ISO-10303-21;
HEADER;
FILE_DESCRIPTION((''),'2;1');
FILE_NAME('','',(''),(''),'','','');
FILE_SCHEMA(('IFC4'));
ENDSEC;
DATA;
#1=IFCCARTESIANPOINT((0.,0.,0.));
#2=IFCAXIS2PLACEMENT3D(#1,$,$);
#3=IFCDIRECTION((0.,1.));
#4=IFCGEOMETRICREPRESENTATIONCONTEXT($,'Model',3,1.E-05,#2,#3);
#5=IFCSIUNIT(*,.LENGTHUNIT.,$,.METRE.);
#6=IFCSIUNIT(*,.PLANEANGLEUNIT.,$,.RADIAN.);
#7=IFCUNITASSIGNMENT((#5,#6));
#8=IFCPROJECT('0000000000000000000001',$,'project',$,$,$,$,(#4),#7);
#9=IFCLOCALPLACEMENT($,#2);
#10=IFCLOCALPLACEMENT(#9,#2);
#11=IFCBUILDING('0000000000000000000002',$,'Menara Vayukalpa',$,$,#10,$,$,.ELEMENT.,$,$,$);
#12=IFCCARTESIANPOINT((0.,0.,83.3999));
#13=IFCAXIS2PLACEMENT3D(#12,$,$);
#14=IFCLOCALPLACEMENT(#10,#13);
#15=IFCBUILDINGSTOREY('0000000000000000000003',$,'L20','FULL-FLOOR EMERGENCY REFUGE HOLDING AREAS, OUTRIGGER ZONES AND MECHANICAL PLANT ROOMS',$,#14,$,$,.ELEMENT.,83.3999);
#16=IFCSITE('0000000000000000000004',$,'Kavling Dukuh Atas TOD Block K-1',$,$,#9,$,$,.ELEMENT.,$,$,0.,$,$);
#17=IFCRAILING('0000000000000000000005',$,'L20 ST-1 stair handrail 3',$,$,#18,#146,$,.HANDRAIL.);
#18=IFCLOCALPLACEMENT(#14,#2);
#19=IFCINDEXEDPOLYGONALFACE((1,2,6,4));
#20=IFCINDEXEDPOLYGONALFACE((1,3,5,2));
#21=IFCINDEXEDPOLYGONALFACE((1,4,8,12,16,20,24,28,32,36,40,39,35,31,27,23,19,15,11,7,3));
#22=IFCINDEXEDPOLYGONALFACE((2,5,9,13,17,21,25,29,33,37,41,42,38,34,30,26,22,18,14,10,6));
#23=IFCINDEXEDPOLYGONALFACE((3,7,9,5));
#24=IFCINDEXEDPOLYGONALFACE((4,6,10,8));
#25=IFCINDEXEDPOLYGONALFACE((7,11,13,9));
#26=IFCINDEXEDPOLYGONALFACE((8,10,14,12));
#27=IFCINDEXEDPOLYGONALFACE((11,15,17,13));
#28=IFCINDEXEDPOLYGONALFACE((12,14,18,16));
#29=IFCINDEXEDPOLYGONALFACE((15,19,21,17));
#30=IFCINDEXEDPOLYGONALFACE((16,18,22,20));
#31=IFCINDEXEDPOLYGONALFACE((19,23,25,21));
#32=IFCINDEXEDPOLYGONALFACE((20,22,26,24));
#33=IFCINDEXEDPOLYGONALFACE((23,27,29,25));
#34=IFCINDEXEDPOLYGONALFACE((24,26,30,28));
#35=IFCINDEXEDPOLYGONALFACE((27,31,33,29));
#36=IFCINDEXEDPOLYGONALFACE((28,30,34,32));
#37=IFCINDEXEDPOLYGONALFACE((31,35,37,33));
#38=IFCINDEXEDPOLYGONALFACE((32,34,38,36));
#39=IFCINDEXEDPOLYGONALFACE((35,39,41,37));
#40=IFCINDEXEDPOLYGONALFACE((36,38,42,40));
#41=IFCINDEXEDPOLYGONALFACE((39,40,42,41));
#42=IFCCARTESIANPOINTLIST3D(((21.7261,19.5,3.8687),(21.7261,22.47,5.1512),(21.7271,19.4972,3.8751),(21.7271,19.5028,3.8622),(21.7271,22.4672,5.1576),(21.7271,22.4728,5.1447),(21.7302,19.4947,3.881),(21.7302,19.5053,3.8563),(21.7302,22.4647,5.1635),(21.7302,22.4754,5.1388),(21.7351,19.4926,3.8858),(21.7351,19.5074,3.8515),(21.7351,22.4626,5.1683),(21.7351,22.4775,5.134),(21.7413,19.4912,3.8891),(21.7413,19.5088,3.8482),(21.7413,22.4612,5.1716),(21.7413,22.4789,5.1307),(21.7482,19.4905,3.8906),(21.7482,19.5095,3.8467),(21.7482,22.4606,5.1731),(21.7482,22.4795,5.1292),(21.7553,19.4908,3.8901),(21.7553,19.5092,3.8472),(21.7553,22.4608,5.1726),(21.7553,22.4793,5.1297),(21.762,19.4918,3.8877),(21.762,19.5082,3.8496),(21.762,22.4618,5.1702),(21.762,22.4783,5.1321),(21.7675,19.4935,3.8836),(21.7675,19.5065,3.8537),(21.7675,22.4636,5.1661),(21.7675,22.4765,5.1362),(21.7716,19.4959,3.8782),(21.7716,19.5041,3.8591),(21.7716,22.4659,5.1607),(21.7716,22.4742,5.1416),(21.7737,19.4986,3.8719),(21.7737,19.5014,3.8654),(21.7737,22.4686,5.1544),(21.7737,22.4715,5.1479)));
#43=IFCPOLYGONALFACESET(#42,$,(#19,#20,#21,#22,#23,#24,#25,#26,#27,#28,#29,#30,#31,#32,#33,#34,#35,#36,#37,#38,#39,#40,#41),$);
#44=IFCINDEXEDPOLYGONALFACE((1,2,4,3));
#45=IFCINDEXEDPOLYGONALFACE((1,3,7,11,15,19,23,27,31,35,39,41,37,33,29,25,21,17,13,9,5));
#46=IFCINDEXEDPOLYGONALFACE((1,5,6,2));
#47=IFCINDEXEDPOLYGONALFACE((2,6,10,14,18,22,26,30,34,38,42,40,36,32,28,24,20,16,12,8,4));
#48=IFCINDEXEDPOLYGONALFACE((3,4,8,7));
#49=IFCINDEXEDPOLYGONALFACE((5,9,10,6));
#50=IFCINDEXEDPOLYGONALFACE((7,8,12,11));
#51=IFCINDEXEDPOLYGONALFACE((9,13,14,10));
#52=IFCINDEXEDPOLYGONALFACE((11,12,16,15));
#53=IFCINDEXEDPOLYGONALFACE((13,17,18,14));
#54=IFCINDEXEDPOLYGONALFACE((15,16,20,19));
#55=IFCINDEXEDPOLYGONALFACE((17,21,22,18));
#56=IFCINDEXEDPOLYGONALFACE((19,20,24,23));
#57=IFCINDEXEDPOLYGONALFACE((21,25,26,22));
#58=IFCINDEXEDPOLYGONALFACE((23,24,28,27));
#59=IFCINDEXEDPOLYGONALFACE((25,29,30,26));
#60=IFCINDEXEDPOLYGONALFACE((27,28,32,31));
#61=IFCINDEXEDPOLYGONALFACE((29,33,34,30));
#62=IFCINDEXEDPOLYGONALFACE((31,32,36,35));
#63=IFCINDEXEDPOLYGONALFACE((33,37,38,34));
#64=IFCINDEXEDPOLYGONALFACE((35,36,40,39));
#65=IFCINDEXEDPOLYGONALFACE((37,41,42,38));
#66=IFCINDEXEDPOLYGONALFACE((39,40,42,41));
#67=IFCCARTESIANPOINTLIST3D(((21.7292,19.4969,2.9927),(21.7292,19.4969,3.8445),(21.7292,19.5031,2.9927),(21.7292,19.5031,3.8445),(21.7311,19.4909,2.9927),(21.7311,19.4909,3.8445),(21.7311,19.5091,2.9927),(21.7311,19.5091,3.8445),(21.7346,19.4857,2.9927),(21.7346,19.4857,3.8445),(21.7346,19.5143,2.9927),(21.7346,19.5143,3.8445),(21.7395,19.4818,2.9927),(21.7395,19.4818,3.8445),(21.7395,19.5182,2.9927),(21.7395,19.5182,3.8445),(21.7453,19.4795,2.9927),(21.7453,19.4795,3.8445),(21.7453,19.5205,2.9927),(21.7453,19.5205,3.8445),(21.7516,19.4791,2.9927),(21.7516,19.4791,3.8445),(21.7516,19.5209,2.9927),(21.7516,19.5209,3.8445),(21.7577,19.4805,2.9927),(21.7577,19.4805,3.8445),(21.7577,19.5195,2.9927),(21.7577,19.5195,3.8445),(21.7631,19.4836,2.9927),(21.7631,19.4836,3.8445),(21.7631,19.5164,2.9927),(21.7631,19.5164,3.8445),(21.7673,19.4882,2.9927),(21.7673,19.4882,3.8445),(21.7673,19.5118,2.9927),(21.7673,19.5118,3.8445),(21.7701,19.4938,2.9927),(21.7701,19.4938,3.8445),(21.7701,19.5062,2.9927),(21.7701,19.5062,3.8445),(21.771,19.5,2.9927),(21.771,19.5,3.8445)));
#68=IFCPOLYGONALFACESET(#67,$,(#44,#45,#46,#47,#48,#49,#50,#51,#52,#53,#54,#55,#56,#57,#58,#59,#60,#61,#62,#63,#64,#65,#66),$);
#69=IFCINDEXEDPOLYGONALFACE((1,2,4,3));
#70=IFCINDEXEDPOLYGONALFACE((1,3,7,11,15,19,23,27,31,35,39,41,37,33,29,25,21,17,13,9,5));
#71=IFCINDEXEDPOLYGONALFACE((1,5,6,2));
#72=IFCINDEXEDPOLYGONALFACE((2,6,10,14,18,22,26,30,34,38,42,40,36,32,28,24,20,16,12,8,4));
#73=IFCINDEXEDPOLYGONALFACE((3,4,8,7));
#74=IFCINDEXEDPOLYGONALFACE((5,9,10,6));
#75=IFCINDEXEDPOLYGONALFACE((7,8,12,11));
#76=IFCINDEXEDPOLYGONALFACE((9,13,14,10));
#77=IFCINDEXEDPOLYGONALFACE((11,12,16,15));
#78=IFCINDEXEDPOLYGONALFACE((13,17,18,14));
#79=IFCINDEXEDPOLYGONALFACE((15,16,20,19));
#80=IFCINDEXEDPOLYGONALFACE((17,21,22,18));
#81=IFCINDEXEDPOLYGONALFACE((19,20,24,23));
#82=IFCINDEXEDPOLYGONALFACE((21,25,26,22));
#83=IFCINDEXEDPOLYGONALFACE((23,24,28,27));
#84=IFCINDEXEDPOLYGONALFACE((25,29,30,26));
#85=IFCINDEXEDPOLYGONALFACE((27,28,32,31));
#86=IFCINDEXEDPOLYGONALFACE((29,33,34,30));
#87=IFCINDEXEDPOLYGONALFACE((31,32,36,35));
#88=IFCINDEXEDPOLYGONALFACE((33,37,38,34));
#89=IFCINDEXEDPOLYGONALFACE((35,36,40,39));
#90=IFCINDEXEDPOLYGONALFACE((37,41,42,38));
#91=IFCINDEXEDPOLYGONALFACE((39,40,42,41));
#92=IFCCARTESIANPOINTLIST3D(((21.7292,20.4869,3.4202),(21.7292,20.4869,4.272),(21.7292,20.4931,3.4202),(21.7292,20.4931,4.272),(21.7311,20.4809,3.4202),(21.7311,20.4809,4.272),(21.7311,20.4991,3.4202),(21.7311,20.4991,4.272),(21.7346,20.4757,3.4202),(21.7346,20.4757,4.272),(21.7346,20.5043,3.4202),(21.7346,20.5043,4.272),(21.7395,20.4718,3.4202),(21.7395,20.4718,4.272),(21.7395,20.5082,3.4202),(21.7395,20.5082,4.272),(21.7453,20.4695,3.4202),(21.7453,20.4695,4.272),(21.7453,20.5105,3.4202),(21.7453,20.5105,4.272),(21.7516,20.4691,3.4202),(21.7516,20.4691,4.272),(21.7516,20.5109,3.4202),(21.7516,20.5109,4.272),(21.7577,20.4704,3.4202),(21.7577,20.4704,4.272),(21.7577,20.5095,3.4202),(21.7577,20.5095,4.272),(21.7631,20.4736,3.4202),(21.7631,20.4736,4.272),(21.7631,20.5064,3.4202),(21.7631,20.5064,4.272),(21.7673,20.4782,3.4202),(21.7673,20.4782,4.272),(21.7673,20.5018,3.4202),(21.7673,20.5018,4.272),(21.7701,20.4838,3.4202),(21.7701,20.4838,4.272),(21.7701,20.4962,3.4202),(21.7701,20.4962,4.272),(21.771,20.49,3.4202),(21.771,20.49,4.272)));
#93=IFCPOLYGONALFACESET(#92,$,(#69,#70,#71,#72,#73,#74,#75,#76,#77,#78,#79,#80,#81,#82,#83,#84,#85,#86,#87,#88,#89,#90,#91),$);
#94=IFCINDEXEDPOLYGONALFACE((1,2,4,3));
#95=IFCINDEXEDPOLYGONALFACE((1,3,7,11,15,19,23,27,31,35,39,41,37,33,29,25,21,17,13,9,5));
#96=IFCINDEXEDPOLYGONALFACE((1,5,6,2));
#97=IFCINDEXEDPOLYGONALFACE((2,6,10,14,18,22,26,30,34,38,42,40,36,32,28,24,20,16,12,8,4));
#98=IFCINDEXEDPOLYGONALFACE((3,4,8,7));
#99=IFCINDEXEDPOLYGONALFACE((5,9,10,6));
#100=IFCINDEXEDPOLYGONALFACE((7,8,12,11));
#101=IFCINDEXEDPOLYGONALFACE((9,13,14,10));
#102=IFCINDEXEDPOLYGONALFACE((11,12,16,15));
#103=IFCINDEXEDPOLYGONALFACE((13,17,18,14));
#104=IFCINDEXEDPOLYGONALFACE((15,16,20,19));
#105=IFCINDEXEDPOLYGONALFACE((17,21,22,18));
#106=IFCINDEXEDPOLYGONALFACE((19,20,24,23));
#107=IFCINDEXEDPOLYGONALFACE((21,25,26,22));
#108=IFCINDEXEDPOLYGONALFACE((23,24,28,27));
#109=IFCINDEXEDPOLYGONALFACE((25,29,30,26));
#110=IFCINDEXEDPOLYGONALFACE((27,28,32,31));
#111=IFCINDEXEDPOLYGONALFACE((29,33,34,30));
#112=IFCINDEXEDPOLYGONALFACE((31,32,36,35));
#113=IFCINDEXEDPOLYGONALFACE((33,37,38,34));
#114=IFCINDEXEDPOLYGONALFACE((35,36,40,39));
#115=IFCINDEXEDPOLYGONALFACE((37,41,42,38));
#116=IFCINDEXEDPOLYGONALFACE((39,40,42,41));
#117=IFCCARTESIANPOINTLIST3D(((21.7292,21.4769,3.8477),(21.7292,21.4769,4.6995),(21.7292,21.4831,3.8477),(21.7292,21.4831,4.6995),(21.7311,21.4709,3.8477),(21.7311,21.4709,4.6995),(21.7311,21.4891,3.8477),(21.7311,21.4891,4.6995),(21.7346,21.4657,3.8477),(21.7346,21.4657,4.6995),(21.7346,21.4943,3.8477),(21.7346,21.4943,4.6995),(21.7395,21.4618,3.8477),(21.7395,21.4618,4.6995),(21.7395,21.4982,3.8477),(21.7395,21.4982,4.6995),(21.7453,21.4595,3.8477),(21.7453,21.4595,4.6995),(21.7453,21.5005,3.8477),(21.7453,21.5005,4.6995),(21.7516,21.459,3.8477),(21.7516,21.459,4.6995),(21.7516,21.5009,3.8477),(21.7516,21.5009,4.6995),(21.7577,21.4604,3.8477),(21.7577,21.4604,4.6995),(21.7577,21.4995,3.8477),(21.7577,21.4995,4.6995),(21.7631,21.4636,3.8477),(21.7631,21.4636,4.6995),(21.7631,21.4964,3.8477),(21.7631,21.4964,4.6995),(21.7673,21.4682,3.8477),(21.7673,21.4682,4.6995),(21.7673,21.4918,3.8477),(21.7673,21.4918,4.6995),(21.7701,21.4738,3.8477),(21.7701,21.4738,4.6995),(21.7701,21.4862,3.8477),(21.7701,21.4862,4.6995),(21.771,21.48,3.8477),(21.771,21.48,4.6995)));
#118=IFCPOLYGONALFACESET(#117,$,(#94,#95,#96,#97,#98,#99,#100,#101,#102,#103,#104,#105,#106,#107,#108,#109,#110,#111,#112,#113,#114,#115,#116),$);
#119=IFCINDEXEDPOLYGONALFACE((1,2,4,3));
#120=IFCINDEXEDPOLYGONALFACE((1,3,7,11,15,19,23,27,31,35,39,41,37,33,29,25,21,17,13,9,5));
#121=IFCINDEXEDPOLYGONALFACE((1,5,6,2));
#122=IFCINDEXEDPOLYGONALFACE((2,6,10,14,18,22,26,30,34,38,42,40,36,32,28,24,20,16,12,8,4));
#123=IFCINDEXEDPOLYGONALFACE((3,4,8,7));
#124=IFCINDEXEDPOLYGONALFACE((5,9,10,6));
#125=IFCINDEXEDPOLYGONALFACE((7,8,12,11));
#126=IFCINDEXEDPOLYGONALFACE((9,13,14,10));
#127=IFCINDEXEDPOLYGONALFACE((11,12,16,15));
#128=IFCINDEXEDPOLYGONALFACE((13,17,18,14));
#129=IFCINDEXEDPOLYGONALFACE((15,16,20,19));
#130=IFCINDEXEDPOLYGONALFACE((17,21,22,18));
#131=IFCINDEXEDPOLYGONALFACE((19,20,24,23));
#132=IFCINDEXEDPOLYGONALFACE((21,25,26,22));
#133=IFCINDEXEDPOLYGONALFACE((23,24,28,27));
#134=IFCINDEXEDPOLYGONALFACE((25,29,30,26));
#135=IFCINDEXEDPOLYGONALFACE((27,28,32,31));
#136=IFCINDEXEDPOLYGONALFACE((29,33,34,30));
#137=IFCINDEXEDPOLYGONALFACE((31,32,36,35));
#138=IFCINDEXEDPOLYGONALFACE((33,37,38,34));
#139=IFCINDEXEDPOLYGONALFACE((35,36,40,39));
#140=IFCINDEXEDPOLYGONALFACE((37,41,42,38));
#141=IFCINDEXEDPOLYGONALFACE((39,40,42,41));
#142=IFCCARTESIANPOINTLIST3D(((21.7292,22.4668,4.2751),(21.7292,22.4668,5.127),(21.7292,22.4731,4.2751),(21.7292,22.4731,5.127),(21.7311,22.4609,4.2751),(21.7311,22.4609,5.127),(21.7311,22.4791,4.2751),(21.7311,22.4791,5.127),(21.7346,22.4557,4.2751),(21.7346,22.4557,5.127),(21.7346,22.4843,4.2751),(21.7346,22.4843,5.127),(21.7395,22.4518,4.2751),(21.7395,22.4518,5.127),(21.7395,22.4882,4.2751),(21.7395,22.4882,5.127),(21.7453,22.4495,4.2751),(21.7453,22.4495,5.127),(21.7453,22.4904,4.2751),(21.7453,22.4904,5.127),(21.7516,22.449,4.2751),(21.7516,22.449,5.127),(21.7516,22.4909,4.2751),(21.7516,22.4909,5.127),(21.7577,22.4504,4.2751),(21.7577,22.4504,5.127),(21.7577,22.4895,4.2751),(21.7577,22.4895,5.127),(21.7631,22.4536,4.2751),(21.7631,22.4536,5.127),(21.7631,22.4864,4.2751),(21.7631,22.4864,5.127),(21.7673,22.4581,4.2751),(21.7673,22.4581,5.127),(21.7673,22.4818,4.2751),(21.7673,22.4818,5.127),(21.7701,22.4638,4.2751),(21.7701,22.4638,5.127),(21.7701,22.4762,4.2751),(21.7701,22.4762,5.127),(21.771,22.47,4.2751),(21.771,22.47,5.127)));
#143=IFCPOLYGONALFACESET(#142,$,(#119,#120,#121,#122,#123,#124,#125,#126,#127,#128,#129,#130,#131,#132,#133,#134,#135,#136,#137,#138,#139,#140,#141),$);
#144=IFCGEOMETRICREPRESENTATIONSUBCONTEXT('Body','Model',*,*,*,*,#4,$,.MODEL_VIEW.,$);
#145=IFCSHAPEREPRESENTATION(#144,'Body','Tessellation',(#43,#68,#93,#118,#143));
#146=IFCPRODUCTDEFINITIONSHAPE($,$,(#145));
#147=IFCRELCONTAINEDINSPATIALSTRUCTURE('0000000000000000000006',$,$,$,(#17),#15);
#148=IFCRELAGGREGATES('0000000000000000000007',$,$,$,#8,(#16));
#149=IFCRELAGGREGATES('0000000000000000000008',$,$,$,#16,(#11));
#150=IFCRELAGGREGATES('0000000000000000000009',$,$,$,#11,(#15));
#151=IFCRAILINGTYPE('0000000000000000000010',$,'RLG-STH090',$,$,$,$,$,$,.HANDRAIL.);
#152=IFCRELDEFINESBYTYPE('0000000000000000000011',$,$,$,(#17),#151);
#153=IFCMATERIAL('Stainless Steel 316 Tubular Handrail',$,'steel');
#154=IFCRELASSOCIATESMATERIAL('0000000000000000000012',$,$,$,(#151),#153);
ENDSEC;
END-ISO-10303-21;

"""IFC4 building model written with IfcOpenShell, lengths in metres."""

from ifc_helpers import new_model, si_unit, direction, frame, origin, origin_2d, place, context, subcontext, project, spatial, circle, extrude, material, type_object, element, save


model = new_model("IFC4")

# Units and contexts
model_context = context("Model", 3, precision=1e-05, world=origin(), true_north=direction((0.0, 1.0)))
body_context = subcontext(model_context, "Body", "Model", "MODEL_VIEW")
ifc_project = project(units=[si_unit("LENGTHUNIT", "METRE"), si_unit("PLANEANGLEUNIT", "RADIAN")], contexts=[model_context])

# Site, building, storey
site_placement = place(None, origin())
site = spatial("IfcSite", under=ifc_project, at=site_placement, Name="Kavling Dukuh Atas TOD Block K-1", CompositionType="ELEMENT", RefElevation=0.0)
building_placement = place(site_placement, origin())
building = spatial("IfcBuilding", under=site, at=building_placement, Name="Menara Vayukalpa", CompositionType="ELEMENT")
storey_placement = place(building_placement, frame((0.0, 0.0, 83.3999)))
storey = spatial("IfcBuildingStorey", under=building, at=storey_placement, Name="L20", Description="FULL-FLOOR EMERGENCY REFUGE HOLDING AREAS, OUTRIGGER ZONES AND MECHANICAL PLANT ROOMS", CompositionType="ELEMENT", Elevation=83.3999)

# Railing
ifc_material_1 = material(Name="Stainless Steel 316 Tubular Handrail", Category="steel")
railing_type_1 = type_object("IfcRailingType", Name="RLG-STH090", PredefinedType="HANDRAIL", material=ifc_material_1)
for number, where, name in (
    (1, (21.75, 19.5, 2.9927), "L20 ST-1 stair handrail 3"),
):
    element("IfcRailing", number, at=place(storey_placement, frame(where)), inside=storey, type_object=railing_type_1, Name=name, PredefinedType="HANDRAIL", context=body_context, shape_type="SweptSolid", body=[
        extrude(circle(Radius=0.0239, at=origin_2d()), frame((0.0, 0.0, 0.876), z_axis=(0.0, 0.918064, 0.396432), x_axis=(-1.0, 0.0, 0.0)), (0.0, 0.0, 1.0), 3.2351),
        extrude(circle(Radius=0.021, at=origin_2d()), origin(), (0.0, 0.0, 1.0), 0.8518),
        extrude(circle(Radius=0.021, at=origin_2d()), frame((0.0, 0.99, 0.4275)), (0.0, 0.0, 1.0), 0.8518),
        extrude(circle(Radius=0.021, at=origin_2d()), frame((0.0, 1.98, 0.855)), (0.0, 0.0, 1.0), 0.8518),
        extrude(circle(Radius=0.021, at=origin_2d()), frame((0.0, 2.97, 1.2825)), (0.0, 0.0, 1.0), 0.8518),
    ])

save(model, "model.ifc")
